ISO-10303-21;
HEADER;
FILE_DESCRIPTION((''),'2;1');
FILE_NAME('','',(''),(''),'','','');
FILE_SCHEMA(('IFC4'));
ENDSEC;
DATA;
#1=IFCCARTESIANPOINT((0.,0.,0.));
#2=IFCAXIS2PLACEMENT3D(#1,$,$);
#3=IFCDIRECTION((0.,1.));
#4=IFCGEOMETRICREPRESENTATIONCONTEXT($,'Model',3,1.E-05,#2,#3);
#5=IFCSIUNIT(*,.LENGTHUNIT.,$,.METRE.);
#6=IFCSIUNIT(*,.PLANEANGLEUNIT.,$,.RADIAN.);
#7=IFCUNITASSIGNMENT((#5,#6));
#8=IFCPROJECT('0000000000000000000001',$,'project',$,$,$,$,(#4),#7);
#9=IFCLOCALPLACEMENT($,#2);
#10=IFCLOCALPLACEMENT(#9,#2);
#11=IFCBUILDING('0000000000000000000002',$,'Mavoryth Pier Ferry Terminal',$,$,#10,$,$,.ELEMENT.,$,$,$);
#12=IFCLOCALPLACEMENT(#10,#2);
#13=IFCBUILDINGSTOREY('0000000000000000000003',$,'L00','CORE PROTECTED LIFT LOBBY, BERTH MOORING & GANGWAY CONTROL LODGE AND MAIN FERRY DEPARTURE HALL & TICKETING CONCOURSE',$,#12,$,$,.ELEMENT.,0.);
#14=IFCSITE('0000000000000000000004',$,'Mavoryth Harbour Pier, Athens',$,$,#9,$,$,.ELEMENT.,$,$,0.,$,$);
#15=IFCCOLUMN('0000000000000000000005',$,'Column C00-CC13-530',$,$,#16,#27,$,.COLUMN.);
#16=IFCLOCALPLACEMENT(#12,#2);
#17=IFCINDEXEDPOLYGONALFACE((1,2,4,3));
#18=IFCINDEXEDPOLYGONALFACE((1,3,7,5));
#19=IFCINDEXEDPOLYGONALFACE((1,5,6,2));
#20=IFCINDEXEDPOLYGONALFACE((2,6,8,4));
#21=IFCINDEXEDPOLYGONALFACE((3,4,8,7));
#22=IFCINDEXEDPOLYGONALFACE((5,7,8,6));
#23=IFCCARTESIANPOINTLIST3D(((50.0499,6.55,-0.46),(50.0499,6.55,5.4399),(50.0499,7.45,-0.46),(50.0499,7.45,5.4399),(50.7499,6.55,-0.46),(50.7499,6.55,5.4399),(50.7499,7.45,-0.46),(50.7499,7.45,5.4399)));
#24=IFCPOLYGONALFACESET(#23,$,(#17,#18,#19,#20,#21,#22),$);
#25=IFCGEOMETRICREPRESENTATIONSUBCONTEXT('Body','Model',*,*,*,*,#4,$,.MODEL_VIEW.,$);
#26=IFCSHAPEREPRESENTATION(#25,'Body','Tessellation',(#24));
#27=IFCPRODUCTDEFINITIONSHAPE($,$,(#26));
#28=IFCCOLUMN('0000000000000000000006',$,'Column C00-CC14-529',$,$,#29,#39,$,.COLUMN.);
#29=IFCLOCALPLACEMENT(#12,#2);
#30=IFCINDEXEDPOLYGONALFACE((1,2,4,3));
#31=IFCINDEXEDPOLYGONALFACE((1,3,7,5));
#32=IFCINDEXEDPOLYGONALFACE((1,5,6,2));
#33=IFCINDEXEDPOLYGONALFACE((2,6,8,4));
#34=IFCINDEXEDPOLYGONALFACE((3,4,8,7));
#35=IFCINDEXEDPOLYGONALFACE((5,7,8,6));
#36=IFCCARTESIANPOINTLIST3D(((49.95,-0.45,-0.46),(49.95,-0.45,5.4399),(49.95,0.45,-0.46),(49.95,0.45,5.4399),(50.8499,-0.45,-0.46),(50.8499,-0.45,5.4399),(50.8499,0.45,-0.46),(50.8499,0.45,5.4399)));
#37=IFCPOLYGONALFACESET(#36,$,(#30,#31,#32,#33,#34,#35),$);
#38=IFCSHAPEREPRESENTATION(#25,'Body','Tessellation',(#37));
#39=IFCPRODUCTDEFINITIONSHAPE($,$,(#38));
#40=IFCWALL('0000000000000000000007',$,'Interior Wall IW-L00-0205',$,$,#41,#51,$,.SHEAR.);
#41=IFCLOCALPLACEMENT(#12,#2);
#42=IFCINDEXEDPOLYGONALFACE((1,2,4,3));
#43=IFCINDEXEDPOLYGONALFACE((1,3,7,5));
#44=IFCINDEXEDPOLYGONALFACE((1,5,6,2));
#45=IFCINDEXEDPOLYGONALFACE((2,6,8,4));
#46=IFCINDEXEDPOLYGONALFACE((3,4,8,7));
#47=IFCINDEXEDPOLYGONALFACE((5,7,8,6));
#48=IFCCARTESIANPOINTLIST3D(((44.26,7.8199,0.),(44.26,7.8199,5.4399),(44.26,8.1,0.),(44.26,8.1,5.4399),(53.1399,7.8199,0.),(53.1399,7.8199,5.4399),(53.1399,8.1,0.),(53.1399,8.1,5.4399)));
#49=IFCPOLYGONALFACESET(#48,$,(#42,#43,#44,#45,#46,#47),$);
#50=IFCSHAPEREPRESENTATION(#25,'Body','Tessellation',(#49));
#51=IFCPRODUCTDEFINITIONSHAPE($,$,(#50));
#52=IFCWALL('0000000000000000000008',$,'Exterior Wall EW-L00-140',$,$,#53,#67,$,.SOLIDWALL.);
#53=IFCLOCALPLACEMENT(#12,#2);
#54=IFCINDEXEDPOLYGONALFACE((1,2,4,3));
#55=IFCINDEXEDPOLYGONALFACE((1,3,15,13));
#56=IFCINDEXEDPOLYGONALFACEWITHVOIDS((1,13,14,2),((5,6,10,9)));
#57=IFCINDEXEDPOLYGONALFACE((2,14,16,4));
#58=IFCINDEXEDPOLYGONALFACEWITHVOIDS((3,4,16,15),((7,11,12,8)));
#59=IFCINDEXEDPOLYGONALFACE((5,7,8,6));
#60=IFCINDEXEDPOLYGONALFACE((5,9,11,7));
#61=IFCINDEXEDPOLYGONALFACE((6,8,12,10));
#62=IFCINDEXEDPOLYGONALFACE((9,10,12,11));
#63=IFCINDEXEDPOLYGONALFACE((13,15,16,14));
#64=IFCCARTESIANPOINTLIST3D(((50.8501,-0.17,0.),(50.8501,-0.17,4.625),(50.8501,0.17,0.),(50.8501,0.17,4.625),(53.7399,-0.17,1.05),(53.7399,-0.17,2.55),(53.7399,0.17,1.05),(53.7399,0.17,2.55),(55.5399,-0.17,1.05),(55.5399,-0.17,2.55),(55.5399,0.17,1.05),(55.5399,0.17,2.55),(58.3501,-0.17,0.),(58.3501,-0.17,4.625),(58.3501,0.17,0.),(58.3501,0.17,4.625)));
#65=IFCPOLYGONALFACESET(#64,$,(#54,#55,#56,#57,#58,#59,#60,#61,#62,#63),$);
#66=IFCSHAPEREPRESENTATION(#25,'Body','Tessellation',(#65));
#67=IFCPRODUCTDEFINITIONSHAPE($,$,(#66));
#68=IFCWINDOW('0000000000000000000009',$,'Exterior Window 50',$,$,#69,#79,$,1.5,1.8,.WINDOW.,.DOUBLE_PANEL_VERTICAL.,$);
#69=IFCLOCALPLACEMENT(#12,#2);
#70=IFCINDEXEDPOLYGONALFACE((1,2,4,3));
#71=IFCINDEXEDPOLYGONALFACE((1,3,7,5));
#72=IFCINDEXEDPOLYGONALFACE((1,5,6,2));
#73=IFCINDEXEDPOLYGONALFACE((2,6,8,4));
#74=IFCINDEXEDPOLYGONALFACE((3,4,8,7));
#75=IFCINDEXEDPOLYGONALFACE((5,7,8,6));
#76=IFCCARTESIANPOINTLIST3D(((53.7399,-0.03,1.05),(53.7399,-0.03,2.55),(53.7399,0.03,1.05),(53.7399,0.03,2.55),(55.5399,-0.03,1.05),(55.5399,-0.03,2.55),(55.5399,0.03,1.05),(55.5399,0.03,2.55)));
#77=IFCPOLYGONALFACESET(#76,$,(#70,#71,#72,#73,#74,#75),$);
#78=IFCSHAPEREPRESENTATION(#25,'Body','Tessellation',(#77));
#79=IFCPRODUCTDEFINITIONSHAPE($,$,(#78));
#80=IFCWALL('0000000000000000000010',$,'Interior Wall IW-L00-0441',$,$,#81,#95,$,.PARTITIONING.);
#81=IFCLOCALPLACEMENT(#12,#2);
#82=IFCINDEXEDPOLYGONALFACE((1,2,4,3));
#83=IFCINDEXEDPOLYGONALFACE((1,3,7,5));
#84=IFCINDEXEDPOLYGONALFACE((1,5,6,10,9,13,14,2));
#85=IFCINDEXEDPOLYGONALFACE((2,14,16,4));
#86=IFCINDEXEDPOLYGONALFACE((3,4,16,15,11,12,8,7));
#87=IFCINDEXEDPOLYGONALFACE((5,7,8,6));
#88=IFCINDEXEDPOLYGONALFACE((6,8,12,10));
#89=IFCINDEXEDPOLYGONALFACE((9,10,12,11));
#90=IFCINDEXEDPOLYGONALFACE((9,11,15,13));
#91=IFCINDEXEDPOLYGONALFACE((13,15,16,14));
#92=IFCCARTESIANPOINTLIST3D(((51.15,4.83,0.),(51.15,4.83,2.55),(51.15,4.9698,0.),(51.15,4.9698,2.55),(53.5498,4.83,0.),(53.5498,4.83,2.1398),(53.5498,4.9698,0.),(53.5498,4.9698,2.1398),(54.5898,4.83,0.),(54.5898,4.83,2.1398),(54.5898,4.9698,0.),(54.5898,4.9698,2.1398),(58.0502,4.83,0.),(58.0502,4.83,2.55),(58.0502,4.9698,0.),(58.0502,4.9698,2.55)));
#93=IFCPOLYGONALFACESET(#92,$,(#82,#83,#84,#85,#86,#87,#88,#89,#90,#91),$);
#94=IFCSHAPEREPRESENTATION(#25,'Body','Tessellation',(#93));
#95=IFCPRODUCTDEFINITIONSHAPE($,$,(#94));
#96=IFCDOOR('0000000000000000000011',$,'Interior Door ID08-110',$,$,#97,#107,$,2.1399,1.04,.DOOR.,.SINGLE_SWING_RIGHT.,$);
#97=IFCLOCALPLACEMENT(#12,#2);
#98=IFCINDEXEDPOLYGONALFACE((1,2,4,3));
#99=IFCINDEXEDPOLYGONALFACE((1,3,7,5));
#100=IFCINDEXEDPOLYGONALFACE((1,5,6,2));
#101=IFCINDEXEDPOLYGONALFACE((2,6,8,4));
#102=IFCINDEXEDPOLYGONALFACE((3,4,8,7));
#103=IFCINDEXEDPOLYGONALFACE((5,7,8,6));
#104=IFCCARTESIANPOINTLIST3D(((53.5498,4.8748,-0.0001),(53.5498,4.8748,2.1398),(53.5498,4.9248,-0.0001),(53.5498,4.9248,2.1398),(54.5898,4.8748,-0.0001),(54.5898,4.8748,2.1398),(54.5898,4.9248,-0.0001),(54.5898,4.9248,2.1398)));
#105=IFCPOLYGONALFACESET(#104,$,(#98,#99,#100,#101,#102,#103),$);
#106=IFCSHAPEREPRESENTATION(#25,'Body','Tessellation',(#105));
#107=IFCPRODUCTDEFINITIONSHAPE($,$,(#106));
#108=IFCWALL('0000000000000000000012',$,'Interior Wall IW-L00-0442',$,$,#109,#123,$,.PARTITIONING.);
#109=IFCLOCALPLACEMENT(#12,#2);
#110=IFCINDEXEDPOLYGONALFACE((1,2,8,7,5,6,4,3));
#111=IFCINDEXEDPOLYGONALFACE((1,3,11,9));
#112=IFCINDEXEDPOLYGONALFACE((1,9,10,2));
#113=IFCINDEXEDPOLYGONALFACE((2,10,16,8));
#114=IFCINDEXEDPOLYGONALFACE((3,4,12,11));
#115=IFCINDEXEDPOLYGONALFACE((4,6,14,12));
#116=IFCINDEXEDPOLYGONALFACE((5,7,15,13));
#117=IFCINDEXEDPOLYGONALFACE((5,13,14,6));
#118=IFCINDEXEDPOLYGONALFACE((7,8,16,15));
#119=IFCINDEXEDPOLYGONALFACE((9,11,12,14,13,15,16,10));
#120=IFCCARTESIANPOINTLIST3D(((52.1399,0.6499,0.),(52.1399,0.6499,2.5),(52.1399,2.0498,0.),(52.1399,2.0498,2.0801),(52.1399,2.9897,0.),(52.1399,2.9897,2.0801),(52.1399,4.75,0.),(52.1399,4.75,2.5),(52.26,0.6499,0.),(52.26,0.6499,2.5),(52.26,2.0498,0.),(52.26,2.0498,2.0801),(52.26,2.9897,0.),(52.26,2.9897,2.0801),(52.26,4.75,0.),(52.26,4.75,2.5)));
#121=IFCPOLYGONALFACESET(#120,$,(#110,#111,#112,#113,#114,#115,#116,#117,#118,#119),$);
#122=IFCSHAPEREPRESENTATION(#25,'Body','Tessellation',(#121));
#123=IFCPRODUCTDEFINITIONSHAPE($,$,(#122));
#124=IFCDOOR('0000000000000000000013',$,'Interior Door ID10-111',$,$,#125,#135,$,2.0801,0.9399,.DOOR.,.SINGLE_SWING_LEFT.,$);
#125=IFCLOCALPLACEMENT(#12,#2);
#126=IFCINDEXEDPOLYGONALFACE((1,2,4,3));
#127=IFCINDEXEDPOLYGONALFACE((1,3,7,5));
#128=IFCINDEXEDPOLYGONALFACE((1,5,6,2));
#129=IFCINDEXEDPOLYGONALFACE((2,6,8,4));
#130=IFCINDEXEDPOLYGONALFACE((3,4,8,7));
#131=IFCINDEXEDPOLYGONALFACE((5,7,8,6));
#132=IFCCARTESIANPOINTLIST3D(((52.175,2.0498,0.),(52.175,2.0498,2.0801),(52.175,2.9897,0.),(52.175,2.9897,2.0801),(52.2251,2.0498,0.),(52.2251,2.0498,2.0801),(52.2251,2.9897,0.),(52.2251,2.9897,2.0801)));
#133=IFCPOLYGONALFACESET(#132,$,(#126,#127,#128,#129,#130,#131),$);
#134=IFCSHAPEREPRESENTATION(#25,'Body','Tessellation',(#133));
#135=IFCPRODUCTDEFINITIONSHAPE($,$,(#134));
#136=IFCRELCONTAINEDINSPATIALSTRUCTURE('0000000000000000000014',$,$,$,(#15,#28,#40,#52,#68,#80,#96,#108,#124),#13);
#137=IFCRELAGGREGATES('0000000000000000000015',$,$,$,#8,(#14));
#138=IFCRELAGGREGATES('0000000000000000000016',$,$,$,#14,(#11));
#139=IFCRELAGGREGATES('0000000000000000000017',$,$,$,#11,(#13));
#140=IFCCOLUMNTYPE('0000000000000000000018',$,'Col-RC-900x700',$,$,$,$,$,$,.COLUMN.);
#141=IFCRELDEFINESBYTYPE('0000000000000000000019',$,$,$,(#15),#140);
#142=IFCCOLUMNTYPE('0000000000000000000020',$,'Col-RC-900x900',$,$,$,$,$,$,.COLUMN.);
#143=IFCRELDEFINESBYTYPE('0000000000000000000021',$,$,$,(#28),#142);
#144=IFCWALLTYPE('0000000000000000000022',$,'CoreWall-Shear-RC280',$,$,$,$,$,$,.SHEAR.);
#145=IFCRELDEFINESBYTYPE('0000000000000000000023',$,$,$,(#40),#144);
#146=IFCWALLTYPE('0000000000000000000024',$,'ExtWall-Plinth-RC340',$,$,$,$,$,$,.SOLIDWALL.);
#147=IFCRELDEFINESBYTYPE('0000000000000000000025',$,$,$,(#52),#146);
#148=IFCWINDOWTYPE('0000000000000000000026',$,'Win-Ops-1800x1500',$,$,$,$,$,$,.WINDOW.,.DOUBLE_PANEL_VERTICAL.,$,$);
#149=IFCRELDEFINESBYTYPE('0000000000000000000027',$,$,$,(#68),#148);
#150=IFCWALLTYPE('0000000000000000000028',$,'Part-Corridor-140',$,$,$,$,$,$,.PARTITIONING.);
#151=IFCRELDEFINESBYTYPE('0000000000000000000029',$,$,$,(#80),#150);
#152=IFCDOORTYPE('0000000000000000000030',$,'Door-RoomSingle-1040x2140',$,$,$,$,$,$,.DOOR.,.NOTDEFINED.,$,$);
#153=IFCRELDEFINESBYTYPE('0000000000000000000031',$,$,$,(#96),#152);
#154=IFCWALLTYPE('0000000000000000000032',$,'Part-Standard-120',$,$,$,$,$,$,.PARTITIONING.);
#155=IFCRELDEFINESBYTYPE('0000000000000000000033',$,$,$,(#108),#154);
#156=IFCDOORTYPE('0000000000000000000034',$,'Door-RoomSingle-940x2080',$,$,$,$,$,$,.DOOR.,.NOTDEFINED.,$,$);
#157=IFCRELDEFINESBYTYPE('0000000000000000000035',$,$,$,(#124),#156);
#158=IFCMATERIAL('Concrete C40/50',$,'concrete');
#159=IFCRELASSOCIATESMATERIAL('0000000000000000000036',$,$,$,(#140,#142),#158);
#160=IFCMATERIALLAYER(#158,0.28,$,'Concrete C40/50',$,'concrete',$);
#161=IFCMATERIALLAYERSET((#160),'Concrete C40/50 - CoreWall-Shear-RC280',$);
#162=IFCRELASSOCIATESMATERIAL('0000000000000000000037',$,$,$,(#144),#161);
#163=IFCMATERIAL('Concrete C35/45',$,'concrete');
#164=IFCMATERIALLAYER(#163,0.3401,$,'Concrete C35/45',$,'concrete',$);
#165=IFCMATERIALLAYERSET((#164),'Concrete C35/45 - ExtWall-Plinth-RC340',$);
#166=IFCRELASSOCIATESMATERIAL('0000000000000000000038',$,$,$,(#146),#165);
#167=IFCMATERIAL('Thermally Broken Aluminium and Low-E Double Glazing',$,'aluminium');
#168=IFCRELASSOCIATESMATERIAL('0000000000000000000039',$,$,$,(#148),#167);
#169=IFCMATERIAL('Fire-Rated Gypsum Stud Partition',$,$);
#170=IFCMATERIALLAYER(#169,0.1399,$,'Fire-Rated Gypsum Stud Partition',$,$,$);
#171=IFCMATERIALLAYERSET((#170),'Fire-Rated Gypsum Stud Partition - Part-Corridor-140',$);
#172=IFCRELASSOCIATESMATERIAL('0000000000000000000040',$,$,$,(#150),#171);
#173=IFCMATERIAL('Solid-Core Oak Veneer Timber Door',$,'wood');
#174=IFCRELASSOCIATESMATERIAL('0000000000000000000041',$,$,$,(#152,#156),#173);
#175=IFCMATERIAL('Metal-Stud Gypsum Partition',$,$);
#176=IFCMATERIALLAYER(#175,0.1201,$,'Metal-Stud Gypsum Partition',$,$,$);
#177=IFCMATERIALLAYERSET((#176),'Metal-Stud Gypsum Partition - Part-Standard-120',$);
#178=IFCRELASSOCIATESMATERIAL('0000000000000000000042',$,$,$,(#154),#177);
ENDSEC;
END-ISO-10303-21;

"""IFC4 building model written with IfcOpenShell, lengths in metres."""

from ifc_helpers import new_model, si_unit, direction, frame, frame_2d, origin, origin_2d, place, context, subcontext, project, spatial, rectangle, extrude, material, layer, layer_set, material_profile, profile_set, type_object, element, fill, save


model = new_model("IFC4")

# Units and contexts
model_context = context("Model", 3, precision=1e-05, world=origin(), true_north=direction((0.0, 1.0)))
body_context = subcontext(model_context, "Body", "Model", "MODEL_VIEW")
ifc_project = project(units=[si_unit("LENGTHUNIT", "METRE"), si_unit("PLANEANGLEUNIT", "RADIAN")], contexts=[model_context])

# Site, building, storey
site_placement = place(None, origin())
site = spatial("IfcSite", under=ifc_project, at=site_placement, Name="Mavoryth Harbour Pier, Athens", CompositionType="ELEMENT", RefElevation=0.0)
building_placement = place(site_placement, origin())
building = spatial("IfcBuilding", under=site, at=building_placement, Name="Mavoryth Pier Ferry Terminal", CompositionType="ELEMENT")
storey_placement = place(building_placement, origin())
storey = spatial("IfcBuildingStorey", under=building, at=storey_placement, Name="L00", Description="CORE PROTECTED LIFT LOBBY, BERTH MOORING & GANGWAY CONTROL LODGE AND MAIN FERRY DEPARTURE HALL & TICKETING CONCOURSE", CompositionType="ELEMENT", Elevation=0.0)

# Shared definitions
ifc_material_1 = material(Name="Concrete C35/45", Category="concrete")

# Columns
ifc_material_2 = material(Name="Concrete C40/50", Category="concrete")
ifc_material_profile_1 = material_profile(ifc_material_2, rectangle(XDim=0.7, YDim=0.8999, at=origin_2d()), Name="RC 900x700", Category="concrete")
ifc_profile_set_1 = profile_set([ifc_material_profile_1], Name="Concrete C40/50 - RC 900x700")
column_type_1 = type_object("IfcColumnType", Name="Col-RC-900x700", PredefinedType="COLUMN", material=ifc_profile_set_1)
column_1_placement = place(storey_placement, frame((50.3999, 7.0, -0.46), z_axis=(0.0, 0.0, 1.0), x_axis=(1.0, 0.0, 0.0)))
element("IfcColumn", 1, at=column_1_placement, inside=storey, type_object=column_type_1, Name="Column C00-CC13-530", PredefinedType="COLUMN", context=body_context, shape_type="SweptSolid", body=[
    extrude(rectangle(XDim=0.7, YDim=0.8999, at=origin_2d()), origin(), (0.0, 0.0, 1.0), 5.8999),
])
ifc_material_profile_2 = material_profile(ifc_material_2, rectangle(XDim=0.8999, YDim=0.8999, at=origin_2d()), Name="RC 900x900", Category="concrete")
ifc_profile_set_2 = profile_set([ifc_material_profile_2], Name="Concrete C40/50 - RC 900x900")
column_type_2 = type_object("IfcColumnType", Name="Col-RC-900x900", PredefinedType="COLUMN", material=ifc_profile_set_2)
column_2_placement = place(storey_placement, frame((50.3999, 0.0, -0.46), z_axis=(0.0, 0.0, 1.0), x_axis=(1.0, 0.0, 0.0)))
element("IfcColumn", 2, at=column_2_placement, inside=storey, type_object=column_type_2, Name="Column C00-CC14-529", PredefinedType="COLUMN", context=body_context, shape_type="SweptSolid", body=[
    extrude(rectangle(XDim=0.8999, YDim=0.8999, at=origin_2d()), origin(), (0.0, 0.0, 1.0), 5.8999),
])

# Wall
ifc_layer_1 = layer(ifc_material_2, 0.28, Name="Concrete C40/50", Category="concrete")
ifc_layer_set_1 = layer_set([ifc_layer_1], Name="Concrete C40/50 - CoreWall-Shear-RC280")
wall_type_1 = type_object("IfcWallType", Name="CoreWall-Shear-RC280", PredefinedType="SHEAR", material=ifc_layer_set_1)
wall_1_placement = place(storey_placement, frame((44.26, 7.96, 0.0), z_axis=(0.0, 0.0, 1.0), x_axis=(1.0, 0.0, 0.0)))
element("IfcWall", 3, at=wall_1_placement, inside=storey, type_object=wall_type_1, Name="Interior Wall IW-L00-0205", PredefinedType="SHEAR", context=body_context, shape_type="SweptSolid", body=[
    extrude(rectangle(XDim=8.8799, YDim=0.28, at=frame_2d((4.4399, 0.0))), origin(), (0.0, 0.0, 1.0), 5.4399),
])

# Wall, opening, window
ifc_layer_2 = layer(ifc_material_1, 0.3401, Name="Concrete C35/45", Category="concrete")
ifc_layer_set_2 = layer_set([ifc_layer_2], Name="Concrete C35/45 - ExtWall-Plinth-RC340")
wall_type_2 = type_object("IfcWallType", Name="ExtWall-Plinth-RC340", PredefinedType="SOLIDWALL", material=ifc_layer_set_2)
wall_2_placement = place(storey_placement, frame((50.8501, 0.0, 0.0), z_axis=(0.0, 0.0, 1.0), x_axis=(1.0, 0.0, 0.0)))
wall_2 = element("IfcWall", 4, at=wall_2_placement, inside=storey, type_object=wall_type_2, Name="Exterior Wall EW-L00-140", PredefinedType="SOLIDWALL", context=body_context, shape_type="SweptSolid", body=[
    extrude(rectangle(XDim=7.5, YDim=0.3401, at=frame_2d((3.75, 0.0))), origin(), (0.0, 0.0, 1.0), 4.625),
])
opening_1_placement = place(wall_2_placement, frame((2.8899, 0.0, 1.05)))
opening_1 = element("IfcOpeningElement", 5, at=opening_1_placement, cuts=wall_2, PredefinedType="OPENING", context=body_context, shape_type="SweptSolid", body=[
    extrude(rectangle(XDim=1.8, YDim=1.5, at=frame_2d((0.8999, 0.75))), frame((0.0, 0.1799, 0.0), z_axis=(0.0, -1.0, 0.0), x_axis=(1.0, 0.0, 0.0)), (0.0, 0.0, 1.0), 0.3601),
])
ifc_material_3 = material(Name="Thermally Broken Aluminium and Low-E Double Glazing", Category="aluminium")
window_type = type_object("IfcWindowType", Name="Win-Ops-1800x1500", PartitioningType="DOUBLE_PANEL_VERTICAL", PredefinedType="WINDOW", material=ifc_material_3)
window_placement = place(opening_1_placement, origin())
window = element("IfcWindow", 6, at=window_placement, inside=storey, type_object=window_type, Name="Exterior Window 50", OverallHeight=1.5, OverallWidth=1.8, PartitioningType="DOUBLE_PANEL_VERTICAL", PredefinedType="WINDOW", context=body_context, shape_type="SweptSolid", body=[
    extrude(rectangle(XDim=1.8, YDim=1.5, at=frame_2d((0.8999, 0.75))), frame((0.0, 0.03, 0.0), z_axis=(0.0, -1.0, 0.0), x_axis=(1.0, 0.0, 0.0)), (0.0, 0.0, 1.0), 0.0601),
])
fill(opening_1, window)

# Walls, openings, doors
ifc_material_4 = material(Name="Fire-Rated Gypsum Stud Partition")
ifc_layer_3 = layer(ifc_material_4, 0.1399, Name="Fire-Rated Gypsum Stud Partition")
ifc_layer_set_3 = layer_set([ifc_layer_3], Name="Fire-Rated Gypsum Stud Partition - Part-Corridor-140")
wall_type_3 = type_object("IfcWallType", Name="Part-Corridor-140", PredefinedType="PARTITIONING", material=ifc_layer_set_3)
wall_3_placement = place(storey_placement, frame((51.1499, 4.8999, 0.0), z_axis=(0.0, 0.0, 1.0), x_axis=(1.0, 0.0, 0.0)))
wall_3 = element("IfcWall", 7, at=wall_3_placement, inside=storey, type_object=wall_type_3, Name="Interior Wall IW-L00-0441", PredefinedType="PARTITIONING", context=body_context, shape_type="SweptSolid", body=[
    extrude(rectangle(XDim=6.9001, YDim=0.1399, at=frame_2d((3.4502, 0.0))), origin(), (0.0, 0.0, 1.0), 2.55),
])
opening_2_placement = place(wall_3_placement, frame((2.3999, 0.0, 0.0)))
opening_2 = element("IfcOpeningElement", 8, at=opening_2_placement, cuts=wall_3, PredefinedType="OPENING", context=body_context, shape_type="SweptSolid", body=[
    extrude(rectangle(XDim=1.04, YDim=2.1399, at=frame_2d((0.52, 1.0698))), frame((0.0, 0.0798, 0.0), z_axis=(0.0, -1.0, 0.0), x_axis=(1.0, 0.0, 0.0)), (0.0, 0.0, 1.0), 0.1599),
])
ifc_material_5 = material(Name="Solid-Core Oak Veneer Timber Door", Category="wood")
door_type_1 = type_object("IfcDoorType", Name="Door-RoomSingle-1040x2140", OperationType="NOTDEFINED", PredefinedType="DOOR", material=ifc_material_5)
door_1_placement = place(opening_2_placement, origin())
door_1 = element("IfcDoor", 9, at=door_1_placement, inside=storey, type_object=door_type_1, Name="Interior Door ID08-110", OperationType="SINGLE_SWING_RIGHT", OverallHeight=2.1399, OverallWidth=1.04, PredefinedType="DOOR", context=body_context, shape_type="SweptSolid", body=[
    extrude(rectangle(XDim=1.04, YDim=2.1399, at=frame_2d((0.52, 1.0698))), frame((0.0, 0.0249, 0.0), z_axis=(0.0, -1.0, 0.0), x_axis=(1.0, 0.0, 0.0)), (0.0, 0.0, 1.0), 0.05),
])
fill(opening_2, door_1)
ifc_material_6 = material(Name="Metal-Stud Gypsum Partition")
ifc_layer_4 = layer(ifc_material_6, 0.1201, Name="Metal-Stud Gypsum Partition")
ifc_layer_set_4 = layer_set([ifc_layer_4], Name="Metal-Stud Gypsum Partition - Part-Standard-120")
wall_type_4 = type_object("IfcWallType", Name="Part-Standard-120", PredefinedType="PARTITIONING", material=ifc_layer_set_4)
wall_4_placement = place(storey_placement, frame((52.2, 0.6499, 0.0), z_axis=(0.0, 0.0, 1.0), x_axis=(0.0, 1.0, 0.0)))
wall_4 = element("IfcWall", 10, at=wall_4_placement, inside=storey, type_object=wall_type_4, Name="Interior Wall IW-L00-0442", PredefinedType="PARTITIONING", context=body_context, shape_type="SweptSolid", body=[
    extrude(rectangle(XDim=4.1001, YDim=0.1201, at=frame_2d((2.05, 0.0))), origin(), (0.0, 0.0, 1.0), 2.5),
])
opening_3_placement = place(wall_4_placement, frame((1.3999, 0.0, 0.0)))
opening_3 = element("IfcOpeningElement", 11, at=opening_3_placement, cuts=wall_4, PredefinedType="OPENING", context=body_context, shape_type="SweptSolid", body=[
    extrude(rectangle(XDim=0.9399, YDim=2.0801, at=frame_2d((0.47, 1.04))), frame((0.0, 0.0701, 0.0), z_axis=(0.0, -1.0, 0.0), x_axis=(1.0, 0.0, 0.0)), (0.0, 0.0, 1.0), 0.1401),
])
door_type_2 = type_object("IfcDoorType", Name="Door-RoomSingle-940x2080", OperationType="NOTDEFINED", PredefinedType="DOOR", material=ifc_material_5)
door_2_placement = place(opening_3_placement, origin())
door_2 = element("IfcDoor", 12, at=door_2_placement, inside=storey, type_object=door_type_2, Name="Interior Door ID10-111", OperationType="SINGLE_SWING_LEFT", OverallHeight=2.0801, OverallWidth=0.9399, PredefinedType="DOOR", context=body_context, shape_type="SweptSolid", body=[
    extrude(rectangle(XDim=0.9399, YDim=2.0801, at=frame_2d((0.47, 1.04))), frame((0.0, 0.0249, 0.0), z_axis=(0.0, -1.0, 0.0), x_axis=(1.0, 0.0, 0.0)), (0.0, 0.0, 1.0), 0.05),
])
fill(opening_3, door_2)

save(model, "model.ifc")
